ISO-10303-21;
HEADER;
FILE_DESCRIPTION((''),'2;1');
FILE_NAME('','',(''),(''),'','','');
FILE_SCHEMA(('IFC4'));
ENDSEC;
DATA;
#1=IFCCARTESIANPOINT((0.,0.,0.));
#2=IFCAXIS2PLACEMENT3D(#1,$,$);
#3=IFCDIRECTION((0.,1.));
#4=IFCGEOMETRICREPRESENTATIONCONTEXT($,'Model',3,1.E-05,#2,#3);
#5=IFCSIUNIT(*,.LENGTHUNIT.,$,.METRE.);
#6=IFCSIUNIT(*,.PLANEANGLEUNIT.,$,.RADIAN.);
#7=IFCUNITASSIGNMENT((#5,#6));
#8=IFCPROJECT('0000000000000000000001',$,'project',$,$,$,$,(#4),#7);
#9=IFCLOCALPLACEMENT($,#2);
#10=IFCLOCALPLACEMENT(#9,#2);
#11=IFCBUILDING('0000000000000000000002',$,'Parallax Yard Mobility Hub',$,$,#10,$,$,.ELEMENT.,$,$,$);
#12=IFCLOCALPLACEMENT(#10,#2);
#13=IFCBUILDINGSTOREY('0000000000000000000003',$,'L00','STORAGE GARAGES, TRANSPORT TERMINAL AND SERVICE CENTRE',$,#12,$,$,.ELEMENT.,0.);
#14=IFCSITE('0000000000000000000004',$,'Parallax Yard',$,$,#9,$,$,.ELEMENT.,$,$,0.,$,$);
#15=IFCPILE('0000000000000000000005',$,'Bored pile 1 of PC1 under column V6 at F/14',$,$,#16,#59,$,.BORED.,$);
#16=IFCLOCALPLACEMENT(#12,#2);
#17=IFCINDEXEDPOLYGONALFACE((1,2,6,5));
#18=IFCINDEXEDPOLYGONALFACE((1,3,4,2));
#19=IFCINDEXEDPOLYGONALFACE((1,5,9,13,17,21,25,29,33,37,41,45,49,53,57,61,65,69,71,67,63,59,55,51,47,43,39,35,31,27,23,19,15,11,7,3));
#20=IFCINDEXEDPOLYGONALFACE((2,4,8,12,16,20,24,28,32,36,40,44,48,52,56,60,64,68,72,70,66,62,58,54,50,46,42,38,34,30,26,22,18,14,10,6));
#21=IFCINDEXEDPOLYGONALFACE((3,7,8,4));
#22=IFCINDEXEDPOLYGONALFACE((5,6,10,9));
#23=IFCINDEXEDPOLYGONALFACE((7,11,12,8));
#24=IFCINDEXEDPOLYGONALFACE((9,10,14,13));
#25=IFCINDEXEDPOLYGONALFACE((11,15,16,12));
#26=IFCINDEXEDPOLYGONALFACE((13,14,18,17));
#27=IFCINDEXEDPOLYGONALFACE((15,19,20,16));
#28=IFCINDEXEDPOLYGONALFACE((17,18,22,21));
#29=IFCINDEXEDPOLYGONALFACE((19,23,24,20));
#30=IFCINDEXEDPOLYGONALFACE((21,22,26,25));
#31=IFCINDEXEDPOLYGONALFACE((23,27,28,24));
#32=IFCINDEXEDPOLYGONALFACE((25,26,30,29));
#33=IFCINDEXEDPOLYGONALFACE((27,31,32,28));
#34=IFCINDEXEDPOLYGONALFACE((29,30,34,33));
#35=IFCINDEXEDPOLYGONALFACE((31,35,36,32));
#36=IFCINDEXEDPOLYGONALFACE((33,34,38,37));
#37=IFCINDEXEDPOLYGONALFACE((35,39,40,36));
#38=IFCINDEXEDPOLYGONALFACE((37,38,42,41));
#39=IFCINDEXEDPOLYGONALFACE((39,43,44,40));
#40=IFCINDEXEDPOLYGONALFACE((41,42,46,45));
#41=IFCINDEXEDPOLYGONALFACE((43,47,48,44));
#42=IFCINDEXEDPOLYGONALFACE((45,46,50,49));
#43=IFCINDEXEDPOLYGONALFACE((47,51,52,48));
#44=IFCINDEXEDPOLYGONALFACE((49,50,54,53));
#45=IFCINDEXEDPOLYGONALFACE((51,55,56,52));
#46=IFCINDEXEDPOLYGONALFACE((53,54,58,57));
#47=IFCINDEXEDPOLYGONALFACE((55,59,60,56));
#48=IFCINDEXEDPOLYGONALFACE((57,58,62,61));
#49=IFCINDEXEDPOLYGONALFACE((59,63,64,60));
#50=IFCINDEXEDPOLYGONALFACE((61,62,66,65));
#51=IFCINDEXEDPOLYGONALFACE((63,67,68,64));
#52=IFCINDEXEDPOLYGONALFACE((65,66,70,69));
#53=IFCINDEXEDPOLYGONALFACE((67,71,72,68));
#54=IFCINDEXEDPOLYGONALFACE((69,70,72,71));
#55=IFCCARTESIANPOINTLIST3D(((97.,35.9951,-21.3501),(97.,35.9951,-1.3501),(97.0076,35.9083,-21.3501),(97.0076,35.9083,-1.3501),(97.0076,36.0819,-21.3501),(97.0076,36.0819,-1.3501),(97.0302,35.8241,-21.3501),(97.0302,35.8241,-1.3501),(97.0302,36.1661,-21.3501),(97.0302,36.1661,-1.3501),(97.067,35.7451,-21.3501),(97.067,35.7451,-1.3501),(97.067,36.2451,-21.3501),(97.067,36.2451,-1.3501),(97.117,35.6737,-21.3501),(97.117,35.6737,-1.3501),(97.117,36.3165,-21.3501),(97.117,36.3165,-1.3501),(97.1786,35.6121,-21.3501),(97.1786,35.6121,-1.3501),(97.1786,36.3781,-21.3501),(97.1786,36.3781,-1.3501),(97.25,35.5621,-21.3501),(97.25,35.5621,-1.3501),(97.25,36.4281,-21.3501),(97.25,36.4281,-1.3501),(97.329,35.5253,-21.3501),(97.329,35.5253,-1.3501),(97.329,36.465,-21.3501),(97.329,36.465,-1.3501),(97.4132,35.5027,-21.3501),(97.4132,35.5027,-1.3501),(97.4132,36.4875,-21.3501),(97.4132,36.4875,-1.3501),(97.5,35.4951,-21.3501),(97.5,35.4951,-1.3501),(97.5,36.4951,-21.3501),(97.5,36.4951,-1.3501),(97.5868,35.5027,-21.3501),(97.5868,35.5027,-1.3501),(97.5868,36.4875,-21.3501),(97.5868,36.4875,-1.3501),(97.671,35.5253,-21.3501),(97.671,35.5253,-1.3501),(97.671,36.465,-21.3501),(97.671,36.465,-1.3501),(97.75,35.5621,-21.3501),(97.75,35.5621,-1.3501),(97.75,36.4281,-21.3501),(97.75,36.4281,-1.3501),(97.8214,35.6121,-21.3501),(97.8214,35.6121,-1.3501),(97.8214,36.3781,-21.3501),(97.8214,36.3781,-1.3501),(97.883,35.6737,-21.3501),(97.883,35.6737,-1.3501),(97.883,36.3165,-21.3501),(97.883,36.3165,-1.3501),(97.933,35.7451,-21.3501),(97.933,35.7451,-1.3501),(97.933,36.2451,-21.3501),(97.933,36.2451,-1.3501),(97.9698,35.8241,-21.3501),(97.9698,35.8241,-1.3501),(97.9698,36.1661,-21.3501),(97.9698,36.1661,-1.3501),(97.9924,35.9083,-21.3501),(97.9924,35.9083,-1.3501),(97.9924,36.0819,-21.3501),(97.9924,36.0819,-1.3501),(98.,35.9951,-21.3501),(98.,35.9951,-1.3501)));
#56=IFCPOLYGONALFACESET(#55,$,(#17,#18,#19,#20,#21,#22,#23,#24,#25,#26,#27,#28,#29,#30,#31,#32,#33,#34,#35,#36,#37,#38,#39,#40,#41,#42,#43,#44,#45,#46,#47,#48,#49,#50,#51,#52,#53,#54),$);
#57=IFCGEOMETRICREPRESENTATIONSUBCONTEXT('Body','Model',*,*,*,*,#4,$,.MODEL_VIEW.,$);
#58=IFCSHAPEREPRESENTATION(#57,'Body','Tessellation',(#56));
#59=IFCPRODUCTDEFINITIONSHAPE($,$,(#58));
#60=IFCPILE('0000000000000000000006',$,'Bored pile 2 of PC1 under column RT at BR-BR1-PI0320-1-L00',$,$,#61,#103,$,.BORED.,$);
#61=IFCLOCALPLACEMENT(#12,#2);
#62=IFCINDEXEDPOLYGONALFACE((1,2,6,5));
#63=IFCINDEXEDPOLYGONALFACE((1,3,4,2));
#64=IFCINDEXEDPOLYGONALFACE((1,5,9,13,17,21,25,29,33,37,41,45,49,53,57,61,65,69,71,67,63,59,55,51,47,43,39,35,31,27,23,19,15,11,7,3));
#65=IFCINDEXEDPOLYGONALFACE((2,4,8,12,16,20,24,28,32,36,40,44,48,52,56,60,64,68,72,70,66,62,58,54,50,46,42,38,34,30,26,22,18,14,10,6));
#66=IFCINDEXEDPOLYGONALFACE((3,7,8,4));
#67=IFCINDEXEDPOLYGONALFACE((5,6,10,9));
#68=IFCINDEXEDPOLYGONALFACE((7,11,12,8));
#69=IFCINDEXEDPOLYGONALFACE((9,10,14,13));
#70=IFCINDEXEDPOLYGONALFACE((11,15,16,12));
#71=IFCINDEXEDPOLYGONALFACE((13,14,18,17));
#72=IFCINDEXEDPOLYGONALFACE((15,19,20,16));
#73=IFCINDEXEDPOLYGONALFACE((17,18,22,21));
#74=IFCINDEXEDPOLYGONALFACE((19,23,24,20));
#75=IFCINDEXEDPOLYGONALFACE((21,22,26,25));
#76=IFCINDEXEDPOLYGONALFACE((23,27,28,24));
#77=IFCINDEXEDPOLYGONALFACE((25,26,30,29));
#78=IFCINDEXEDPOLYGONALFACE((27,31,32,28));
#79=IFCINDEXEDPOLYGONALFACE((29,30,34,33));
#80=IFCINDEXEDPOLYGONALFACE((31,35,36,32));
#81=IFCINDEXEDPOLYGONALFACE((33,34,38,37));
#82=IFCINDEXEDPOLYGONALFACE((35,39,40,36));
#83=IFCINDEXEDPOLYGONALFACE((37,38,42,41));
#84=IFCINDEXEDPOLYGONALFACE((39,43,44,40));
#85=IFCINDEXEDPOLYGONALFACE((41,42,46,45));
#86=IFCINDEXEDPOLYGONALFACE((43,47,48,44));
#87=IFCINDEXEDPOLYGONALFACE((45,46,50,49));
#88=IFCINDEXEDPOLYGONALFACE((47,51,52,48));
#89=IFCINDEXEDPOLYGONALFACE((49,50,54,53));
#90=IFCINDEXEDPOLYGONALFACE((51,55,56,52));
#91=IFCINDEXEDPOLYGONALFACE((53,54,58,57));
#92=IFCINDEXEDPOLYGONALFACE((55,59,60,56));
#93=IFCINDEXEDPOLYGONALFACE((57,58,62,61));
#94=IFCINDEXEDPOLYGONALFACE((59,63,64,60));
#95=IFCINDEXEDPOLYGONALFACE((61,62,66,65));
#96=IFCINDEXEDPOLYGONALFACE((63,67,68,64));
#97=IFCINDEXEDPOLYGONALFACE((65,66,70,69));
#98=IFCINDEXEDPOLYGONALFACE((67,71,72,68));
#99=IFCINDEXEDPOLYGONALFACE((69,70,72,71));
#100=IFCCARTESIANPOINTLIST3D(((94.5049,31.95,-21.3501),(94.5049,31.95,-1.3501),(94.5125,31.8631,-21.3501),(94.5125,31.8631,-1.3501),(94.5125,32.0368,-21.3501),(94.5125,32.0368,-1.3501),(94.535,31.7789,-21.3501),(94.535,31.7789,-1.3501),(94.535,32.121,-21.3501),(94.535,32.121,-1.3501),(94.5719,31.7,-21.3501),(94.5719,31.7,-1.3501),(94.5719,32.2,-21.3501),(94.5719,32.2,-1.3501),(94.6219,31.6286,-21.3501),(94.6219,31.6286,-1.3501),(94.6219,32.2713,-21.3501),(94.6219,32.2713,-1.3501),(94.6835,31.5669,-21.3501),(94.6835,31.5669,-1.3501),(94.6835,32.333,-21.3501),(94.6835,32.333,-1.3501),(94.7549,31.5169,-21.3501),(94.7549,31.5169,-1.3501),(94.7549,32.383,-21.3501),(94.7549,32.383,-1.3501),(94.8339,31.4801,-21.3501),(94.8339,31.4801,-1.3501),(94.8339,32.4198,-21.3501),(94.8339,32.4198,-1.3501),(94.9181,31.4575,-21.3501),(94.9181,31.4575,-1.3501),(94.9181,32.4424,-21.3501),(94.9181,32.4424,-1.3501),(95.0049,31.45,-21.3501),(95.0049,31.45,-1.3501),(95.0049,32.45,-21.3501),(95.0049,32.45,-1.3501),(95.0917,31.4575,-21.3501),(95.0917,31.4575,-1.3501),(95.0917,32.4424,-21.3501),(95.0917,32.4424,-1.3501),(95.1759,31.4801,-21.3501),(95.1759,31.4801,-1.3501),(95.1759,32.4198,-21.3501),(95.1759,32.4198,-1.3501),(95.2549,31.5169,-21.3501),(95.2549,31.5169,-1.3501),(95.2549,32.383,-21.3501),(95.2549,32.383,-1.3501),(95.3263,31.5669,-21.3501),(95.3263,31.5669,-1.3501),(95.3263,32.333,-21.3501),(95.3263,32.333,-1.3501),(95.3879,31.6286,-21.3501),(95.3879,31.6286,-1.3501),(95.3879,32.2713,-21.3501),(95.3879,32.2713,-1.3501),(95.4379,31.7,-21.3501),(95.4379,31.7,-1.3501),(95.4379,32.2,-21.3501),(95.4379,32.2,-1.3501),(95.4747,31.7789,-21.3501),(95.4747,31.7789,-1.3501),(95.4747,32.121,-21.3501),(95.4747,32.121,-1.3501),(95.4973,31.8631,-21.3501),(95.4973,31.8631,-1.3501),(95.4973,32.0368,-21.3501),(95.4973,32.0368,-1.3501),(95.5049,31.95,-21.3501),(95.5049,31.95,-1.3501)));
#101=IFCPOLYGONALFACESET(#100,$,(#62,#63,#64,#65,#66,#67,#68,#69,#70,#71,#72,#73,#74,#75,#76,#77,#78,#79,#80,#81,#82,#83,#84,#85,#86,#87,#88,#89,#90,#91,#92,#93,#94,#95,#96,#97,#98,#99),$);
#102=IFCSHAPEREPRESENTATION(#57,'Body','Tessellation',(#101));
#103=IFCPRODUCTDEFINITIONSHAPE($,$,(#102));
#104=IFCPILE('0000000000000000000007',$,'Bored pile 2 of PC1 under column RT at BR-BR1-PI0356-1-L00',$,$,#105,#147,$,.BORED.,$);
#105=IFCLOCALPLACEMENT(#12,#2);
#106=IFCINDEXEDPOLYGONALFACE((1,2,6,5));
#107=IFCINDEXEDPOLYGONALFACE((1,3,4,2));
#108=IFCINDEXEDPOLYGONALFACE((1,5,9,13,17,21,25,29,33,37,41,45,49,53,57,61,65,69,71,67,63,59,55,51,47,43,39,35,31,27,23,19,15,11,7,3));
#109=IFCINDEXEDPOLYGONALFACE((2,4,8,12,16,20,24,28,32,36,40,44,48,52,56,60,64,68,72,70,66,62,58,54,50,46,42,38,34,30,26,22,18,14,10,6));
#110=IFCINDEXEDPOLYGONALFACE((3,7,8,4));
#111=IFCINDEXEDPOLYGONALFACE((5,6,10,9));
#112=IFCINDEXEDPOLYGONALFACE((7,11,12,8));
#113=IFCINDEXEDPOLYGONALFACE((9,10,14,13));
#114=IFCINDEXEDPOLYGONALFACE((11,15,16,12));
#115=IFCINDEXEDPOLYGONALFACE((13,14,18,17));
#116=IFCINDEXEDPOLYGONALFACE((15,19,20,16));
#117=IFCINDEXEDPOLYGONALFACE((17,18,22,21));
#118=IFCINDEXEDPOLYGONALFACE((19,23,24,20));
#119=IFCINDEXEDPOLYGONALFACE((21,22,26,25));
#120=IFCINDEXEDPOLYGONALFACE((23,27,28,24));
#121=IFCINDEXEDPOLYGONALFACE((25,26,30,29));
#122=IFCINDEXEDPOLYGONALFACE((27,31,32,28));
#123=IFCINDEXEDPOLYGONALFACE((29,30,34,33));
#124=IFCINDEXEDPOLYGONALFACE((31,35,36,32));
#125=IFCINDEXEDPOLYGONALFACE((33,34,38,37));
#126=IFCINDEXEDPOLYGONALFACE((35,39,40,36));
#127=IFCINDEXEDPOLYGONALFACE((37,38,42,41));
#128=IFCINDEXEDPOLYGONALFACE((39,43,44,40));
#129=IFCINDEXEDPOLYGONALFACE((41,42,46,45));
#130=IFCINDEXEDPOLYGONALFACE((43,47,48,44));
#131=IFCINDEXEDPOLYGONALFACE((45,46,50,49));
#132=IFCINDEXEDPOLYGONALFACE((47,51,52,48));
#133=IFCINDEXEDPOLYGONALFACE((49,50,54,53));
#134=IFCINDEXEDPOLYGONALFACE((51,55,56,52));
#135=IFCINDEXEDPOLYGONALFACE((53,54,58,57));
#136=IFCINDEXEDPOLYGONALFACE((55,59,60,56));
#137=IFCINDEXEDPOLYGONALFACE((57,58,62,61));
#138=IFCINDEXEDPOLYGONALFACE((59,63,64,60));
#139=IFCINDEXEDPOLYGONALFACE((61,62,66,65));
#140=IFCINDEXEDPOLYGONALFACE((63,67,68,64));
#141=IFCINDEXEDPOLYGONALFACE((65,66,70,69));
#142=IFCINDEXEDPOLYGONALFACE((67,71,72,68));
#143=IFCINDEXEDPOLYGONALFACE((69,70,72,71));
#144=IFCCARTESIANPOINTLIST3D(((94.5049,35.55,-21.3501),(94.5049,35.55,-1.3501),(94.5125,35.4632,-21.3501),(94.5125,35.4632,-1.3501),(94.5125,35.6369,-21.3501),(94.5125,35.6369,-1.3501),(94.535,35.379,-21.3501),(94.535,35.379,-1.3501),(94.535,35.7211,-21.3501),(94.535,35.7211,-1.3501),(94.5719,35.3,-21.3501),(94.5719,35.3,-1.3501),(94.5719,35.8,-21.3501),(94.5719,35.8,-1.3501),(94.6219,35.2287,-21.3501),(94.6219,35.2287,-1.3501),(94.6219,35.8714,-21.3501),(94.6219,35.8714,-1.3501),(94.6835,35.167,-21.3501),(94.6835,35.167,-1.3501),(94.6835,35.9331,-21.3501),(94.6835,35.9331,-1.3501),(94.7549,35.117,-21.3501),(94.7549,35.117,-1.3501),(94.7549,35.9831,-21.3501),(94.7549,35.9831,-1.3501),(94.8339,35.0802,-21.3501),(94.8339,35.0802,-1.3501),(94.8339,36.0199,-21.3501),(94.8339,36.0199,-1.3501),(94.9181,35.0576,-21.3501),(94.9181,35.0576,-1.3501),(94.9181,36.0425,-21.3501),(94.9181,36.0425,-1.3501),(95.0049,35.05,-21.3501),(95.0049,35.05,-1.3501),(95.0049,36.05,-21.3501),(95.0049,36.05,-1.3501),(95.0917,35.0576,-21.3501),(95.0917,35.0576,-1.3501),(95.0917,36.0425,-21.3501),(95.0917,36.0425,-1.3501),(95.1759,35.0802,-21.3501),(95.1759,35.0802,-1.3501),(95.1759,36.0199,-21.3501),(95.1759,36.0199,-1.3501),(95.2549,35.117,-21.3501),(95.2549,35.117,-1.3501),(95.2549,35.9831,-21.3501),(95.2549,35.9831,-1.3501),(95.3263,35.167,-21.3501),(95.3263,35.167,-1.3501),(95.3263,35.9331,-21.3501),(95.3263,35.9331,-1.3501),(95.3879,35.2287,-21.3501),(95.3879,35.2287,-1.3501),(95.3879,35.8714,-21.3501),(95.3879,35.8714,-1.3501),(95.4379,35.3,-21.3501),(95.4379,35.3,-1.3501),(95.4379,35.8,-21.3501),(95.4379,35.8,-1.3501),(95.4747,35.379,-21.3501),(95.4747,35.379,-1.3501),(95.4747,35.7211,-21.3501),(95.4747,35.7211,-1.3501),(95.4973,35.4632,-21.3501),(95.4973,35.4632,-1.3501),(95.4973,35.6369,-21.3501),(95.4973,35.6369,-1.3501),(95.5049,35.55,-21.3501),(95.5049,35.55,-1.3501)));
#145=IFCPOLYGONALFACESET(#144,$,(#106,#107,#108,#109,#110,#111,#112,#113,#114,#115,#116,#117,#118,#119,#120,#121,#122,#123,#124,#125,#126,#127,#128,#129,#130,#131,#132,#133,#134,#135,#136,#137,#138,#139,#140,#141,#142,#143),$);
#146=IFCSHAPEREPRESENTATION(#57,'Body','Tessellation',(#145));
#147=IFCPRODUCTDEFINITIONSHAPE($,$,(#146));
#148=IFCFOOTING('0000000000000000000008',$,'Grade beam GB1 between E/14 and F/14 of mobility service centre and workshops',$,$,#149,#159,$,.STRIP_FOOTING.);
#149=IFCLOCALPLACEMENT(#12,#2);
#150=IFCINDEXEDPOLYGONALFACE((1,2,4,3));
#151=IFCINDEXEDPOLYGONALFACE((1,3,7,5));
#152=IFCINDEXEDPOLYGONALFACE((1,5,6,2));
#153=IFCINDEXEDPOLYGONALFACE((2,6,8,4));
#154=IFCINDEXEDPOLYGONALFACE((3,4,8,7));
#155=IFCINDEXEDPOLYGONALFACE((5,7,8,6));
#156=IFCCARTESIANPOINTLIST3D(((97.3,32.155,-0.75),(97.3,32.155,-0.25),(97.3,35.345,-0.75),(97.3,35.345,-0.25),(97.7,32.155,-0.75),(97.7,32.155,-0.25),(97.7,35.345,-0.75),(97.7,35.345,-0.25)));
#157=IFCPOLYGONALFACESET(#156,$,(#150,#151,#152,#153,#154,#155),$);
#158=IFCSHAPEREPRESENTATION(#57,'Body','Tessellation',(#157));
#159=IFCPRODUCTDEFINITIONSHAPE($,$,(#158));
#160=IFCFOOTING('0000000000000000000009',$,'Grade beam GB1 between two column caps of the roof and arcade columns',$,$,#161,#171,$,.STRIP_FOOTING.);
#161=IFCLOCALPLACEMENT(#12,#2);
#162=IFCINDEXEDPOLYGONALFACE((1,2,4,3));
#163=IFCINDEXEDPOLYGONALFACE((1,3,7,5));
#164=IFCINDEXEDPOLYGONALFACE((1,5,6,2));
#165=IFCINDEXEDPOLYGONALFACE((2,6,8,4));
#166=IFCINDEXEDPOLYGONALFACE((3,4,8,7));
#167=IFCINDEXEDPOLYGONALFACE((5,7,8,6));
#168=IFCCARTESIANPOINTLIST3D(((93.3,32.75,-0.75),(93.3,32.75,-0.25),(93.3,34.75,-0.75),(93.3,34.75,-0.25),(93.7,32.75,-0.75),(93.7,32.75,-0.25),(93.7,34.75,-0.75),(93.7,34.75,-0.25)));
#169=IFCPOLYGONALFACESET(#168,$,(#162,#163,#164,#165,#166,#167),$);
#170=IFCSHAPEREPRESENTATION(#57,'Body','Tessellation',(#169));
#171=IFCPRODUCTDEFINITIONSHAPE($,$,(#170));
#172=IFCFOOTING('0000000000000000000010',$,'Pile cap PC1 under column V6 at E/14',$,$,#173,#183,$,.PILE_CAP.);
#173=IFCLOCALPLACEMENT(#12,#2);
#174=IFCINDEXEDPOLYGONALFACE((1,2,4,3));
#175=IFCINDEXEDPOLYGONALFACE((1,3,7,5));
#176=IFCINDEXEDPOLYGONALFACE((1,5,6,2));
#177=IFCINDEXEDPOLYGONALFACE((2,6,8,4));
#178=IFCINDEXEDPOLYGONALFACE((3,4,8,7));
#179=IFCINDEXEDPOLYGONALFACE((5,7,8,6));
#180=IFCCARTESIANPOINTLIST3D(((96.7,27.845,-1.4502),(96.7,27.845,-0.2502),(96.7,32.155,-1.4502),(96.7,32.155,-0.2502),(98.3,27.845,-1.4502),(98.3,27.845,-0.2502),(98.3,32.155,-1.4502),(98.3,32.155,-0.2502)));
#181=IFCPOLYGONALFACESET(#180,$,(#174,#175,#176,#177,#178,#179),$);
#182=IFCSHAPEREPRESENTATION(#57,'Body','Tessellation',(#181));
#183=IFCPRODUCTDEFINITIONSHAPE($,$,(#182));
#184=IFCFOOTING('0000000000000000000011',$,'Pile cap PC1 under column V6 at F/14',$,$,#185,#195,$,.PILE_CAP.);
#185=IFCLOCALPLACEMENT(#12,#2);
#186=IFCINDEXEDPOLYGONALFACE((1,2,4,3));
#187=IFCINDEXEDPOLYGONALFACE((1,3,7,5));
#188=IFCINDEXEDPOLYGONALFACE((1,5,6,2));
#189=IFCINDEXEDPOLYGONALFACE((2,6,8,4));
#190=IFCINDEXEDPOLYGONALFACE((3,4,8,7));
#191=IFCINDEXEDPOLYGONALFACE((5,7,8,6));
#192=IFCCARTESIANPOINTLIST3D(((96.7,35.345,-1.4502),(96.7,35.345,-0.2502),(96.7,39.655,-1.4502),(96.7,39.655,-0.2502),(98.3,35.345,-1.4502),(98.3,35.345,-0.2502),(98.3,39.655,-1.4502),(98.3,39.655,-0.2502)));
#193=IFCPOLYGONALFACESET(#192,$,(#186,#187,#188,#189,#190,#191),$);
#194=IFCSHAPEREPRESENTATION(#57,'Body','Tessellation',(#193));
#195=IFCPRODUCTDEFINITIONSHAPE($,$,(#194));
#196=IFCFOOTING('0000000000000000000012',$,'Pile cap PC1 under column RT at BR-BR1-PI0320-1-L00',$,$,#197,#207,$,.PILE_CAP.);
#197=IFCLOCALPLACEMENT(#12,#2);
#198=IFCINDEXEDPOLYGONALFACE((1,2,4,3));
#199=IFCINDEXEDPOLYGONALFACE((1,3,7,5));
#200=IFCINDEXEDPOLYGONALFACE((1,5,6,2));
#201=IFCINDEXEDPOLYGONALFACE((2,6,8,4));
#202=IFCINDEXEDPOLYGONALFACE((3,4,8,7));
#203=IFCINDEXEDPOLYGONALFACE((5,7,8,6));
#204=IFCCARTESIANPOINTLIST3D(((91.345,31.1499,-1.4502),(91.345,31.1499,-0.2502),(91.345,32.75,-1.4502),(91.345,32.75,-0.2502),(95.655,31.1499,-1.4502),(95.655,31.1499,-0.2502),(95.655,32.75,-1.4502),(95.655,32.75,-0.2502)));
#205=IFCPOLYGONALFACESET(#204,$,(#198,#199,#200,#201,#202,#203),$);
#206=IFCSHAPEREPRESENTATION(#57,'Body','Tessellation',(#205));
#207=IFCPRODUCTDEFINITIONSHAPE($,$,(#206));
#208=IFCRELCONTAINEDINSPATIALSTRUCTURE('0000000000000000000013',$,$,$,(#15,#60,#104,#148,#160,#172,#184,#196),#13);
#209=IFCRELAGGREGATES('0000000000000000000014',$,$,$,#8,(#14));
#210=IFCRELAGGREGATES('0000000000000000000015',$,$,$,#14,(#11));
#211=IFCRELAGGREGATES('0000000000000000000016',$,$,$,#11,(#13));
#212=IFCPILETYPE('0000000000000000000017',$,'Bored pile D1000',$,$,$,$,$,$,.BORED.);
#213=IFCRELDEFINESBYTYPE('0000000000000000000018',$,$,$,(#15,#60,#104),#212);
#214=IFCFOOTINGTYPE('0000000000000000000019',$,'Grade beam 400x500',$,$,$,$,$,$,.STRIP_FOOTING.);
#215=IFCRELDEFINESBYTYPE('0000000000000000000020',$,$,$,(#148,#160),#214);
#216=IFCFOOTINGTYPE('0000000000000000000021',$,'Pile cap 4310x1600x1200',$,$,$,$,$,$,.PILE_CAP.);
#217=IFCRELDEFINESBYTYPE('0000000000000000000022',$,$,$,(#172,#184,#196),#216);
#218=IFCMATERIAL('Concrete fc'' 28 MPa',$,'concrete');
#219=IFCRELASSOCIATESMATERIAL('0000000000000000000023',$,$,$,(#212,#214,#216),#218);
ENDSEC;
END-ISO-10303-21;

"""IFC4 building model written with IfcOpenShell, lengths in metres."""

from ifc_helpers import new_model, si_unit, direction, frame, origin, origin_2d, place, context, subcontext, project, spatial, rectangle, circle, extrude, material, material_profile, profile_set, type_object, element, save


model = new_model("IFC4")

# Units and contexts
model_context = context("Model", 3, precision=1e-05, world=origin(), true_north=direction((0.0, 1.0)))
body_context = subcontext(model_context, "Body", "Model", "MODEL_VIEW")
ifc_project = project(units=[si_unit("LENGTHUNIT", "METRE"), si_unit("PLANEANGLEUNIT", "RADIAN")], contexts=[model_context])

# Site, building, storey
site_placement = place(None, origin())
site = spatial("IfcSite", under=ifc_project, at=site_placement, Name="Parallax Yard", CompositionType="ELEMENT", RefElevation=0.0)
building_placement = place(site_placement, origin())
building = spatial("IfcBuilding", under=site, at=building_placement, Name="Parallax Yard Mobility Hub", CompositionType="ELEMENT")
storey_placement = place(building_placement, origin())
storey = spatial("IfcBuildingStorey", under=building, at=storey_placement, Name="L00", Description="STORAGE GARAGES, TRANSPORT TERMINAL AND SERVICE CENTRE", CompositionType="ELEMENT", Elevation=0.0)

# Piles
ifc_material_1 = material(Name="Concrete fc' 28 MPa", Category="concrete")
ifc_material_profile_1 = material_profile(ifc_material_1, circle(Radius=0.5, at=origin_2d()), Name="Bored pile D1000")
ifc_profile_set_1 = profile_set([ifc_material_profile_1], Name="Concrete fc' 28 MPa")
pile_type = type_object("IfcPileType", Name="Bored pile D1000", PredefinedType="BORED", material=ifc_profile_set_1)
for number, where, z_axis, x_axis, name in (
    (1, (97.5, 35.9951, -1.3501), (0.0, 0.0, -1.0), (1.0, 0.0, 0.0), "Bored pile 1 of PC1 under column V6 at F/14"),
    (2, (95.0049, 31.95, -1.3501), (0.0, 0.0, -1.0), (1.0, 0.0, 0.0), "Bored pile 2 of PC1 under column RT at BR-BR1-PI0320-1-L00"),
    (3, (95.0049, 35.55, -1.3501), (0.0, 0.0, -1.0), (1.0, 0.0, 0.0), "Bored pile 2 of PC1 under column RT at BR-BR1-PI0356-1-L00"),
):
    element("IfcPile", number, at=place(storey_placement, frame(where, z_axis=z_axis, x_axis=x_axis)), inside=storey, type_object=pile_type, Name=name, PredefinedType="BORED", context=body_context, shape_type="SweptSolid", body=[
        extrude(circle(Radius=0.5, at=origin_2d()), origin(), (0.0, 0.0, 1.0), 20.0),
    ])

# Footings
ifc_material_profile_2 = material_profile(ifc_material_1, rectangle(XDim=0.3999, YDim=0.5, at=origin_2d()), Name="Grade beam 400x500")
ifc_profile_set_2 = profile_set([ifc_material_profile_2], Name="Concrete fc' 28 MPa")
footing_type_1 = type_object("IfcFootingType", Name="Grade beam 400x500", PredefinedType="STRIP_FOOTING", material=ifc_profile_set_2)
footing_1_placement = place(storey_placement, frame((97.5, 32.155, -0.5), z_axis=(0.0, 1.0, 0.0), x_axis=(-1.0, 0.0, 0.0)))
element("IfcFooting", 4, at=footing_1_placement, inside=storey, type_object=footing_type_1, Name="Grade beam GB1 between E/14 and F/14 of mobility service centre and workshops", PredefinedType="STRIP_FOOTING", context=body_context, shape_type="SweptSolid", body=[
    extrude(rectangle(XDim=0.3999, YDim=0.5, at=origin_2d()), origin(), (0.0, 0.0, 1.0), 3.1899),
])
footing_2_placement = place(storey_placement, frame((93.5, 32.75, -0.5), z_axis=(0.0, 1.0, 0.0), x_axis=(-1.0, 0.0, 0.0)))
element("IfcFooting", 5, at=footing_2_placement, inside=storey, type_object=footing_type_1, Name="Grade beam GB1 between two column caps of the roof and arcade columns", PredefinedType="STRIP_FOOTING", context=body_context, shape_type="SweptSolid", body=[
    extrude(rectangle(XDim=0.3999, YDim=0.5, at=origin_2d()), origin(), (0.0, 0.0, 1.0), 2.0),
])
footing_type_2 = type_object("IfcFootingType", Name="Pile cap 4310x1600x1200", PredefinedType="PILE_CAP", material=ifc_material_1)
for number, where, z_axis, x_axis, name in (
    (6, (97.5, 30.0, -1.4502), (0.0, 0.0, 1.0), (0.0, 1.0, 0.0), "Pile cap PC1 under column V6 at E/14"),
    (7, (97.5, 37.5, -1.4502), (0.0, 0.0, 1.0), (0.0, 1.0, 0.0), "Pile cap PC1 under column V6 at F/14"),
    (8, (93.5, 31.95, -1.4502), (0.0, 0.0, 1.0), (1.0, 0.0, 0.0), "Pile cap PC1 under column RT at BR-BR1-PI0320-1-L00"),
):
    element("IfcFooting", number, at=place(storey_placement, frame(where, z_axis=z_axis, x_axis=x_axis)), inside=storey, type_object=footing_type_2, Name=name, PredefinedType="PILE_CAP", context=body_context, shape_type="SweptSolid", body=[
        extrude(rectangle(XDim=4.3101, YDim=1.6001, at=origin_2d()), origin(), (0.0, 0.0, 1.0), 1.2),
    ])

save(model, "model.ifc")
